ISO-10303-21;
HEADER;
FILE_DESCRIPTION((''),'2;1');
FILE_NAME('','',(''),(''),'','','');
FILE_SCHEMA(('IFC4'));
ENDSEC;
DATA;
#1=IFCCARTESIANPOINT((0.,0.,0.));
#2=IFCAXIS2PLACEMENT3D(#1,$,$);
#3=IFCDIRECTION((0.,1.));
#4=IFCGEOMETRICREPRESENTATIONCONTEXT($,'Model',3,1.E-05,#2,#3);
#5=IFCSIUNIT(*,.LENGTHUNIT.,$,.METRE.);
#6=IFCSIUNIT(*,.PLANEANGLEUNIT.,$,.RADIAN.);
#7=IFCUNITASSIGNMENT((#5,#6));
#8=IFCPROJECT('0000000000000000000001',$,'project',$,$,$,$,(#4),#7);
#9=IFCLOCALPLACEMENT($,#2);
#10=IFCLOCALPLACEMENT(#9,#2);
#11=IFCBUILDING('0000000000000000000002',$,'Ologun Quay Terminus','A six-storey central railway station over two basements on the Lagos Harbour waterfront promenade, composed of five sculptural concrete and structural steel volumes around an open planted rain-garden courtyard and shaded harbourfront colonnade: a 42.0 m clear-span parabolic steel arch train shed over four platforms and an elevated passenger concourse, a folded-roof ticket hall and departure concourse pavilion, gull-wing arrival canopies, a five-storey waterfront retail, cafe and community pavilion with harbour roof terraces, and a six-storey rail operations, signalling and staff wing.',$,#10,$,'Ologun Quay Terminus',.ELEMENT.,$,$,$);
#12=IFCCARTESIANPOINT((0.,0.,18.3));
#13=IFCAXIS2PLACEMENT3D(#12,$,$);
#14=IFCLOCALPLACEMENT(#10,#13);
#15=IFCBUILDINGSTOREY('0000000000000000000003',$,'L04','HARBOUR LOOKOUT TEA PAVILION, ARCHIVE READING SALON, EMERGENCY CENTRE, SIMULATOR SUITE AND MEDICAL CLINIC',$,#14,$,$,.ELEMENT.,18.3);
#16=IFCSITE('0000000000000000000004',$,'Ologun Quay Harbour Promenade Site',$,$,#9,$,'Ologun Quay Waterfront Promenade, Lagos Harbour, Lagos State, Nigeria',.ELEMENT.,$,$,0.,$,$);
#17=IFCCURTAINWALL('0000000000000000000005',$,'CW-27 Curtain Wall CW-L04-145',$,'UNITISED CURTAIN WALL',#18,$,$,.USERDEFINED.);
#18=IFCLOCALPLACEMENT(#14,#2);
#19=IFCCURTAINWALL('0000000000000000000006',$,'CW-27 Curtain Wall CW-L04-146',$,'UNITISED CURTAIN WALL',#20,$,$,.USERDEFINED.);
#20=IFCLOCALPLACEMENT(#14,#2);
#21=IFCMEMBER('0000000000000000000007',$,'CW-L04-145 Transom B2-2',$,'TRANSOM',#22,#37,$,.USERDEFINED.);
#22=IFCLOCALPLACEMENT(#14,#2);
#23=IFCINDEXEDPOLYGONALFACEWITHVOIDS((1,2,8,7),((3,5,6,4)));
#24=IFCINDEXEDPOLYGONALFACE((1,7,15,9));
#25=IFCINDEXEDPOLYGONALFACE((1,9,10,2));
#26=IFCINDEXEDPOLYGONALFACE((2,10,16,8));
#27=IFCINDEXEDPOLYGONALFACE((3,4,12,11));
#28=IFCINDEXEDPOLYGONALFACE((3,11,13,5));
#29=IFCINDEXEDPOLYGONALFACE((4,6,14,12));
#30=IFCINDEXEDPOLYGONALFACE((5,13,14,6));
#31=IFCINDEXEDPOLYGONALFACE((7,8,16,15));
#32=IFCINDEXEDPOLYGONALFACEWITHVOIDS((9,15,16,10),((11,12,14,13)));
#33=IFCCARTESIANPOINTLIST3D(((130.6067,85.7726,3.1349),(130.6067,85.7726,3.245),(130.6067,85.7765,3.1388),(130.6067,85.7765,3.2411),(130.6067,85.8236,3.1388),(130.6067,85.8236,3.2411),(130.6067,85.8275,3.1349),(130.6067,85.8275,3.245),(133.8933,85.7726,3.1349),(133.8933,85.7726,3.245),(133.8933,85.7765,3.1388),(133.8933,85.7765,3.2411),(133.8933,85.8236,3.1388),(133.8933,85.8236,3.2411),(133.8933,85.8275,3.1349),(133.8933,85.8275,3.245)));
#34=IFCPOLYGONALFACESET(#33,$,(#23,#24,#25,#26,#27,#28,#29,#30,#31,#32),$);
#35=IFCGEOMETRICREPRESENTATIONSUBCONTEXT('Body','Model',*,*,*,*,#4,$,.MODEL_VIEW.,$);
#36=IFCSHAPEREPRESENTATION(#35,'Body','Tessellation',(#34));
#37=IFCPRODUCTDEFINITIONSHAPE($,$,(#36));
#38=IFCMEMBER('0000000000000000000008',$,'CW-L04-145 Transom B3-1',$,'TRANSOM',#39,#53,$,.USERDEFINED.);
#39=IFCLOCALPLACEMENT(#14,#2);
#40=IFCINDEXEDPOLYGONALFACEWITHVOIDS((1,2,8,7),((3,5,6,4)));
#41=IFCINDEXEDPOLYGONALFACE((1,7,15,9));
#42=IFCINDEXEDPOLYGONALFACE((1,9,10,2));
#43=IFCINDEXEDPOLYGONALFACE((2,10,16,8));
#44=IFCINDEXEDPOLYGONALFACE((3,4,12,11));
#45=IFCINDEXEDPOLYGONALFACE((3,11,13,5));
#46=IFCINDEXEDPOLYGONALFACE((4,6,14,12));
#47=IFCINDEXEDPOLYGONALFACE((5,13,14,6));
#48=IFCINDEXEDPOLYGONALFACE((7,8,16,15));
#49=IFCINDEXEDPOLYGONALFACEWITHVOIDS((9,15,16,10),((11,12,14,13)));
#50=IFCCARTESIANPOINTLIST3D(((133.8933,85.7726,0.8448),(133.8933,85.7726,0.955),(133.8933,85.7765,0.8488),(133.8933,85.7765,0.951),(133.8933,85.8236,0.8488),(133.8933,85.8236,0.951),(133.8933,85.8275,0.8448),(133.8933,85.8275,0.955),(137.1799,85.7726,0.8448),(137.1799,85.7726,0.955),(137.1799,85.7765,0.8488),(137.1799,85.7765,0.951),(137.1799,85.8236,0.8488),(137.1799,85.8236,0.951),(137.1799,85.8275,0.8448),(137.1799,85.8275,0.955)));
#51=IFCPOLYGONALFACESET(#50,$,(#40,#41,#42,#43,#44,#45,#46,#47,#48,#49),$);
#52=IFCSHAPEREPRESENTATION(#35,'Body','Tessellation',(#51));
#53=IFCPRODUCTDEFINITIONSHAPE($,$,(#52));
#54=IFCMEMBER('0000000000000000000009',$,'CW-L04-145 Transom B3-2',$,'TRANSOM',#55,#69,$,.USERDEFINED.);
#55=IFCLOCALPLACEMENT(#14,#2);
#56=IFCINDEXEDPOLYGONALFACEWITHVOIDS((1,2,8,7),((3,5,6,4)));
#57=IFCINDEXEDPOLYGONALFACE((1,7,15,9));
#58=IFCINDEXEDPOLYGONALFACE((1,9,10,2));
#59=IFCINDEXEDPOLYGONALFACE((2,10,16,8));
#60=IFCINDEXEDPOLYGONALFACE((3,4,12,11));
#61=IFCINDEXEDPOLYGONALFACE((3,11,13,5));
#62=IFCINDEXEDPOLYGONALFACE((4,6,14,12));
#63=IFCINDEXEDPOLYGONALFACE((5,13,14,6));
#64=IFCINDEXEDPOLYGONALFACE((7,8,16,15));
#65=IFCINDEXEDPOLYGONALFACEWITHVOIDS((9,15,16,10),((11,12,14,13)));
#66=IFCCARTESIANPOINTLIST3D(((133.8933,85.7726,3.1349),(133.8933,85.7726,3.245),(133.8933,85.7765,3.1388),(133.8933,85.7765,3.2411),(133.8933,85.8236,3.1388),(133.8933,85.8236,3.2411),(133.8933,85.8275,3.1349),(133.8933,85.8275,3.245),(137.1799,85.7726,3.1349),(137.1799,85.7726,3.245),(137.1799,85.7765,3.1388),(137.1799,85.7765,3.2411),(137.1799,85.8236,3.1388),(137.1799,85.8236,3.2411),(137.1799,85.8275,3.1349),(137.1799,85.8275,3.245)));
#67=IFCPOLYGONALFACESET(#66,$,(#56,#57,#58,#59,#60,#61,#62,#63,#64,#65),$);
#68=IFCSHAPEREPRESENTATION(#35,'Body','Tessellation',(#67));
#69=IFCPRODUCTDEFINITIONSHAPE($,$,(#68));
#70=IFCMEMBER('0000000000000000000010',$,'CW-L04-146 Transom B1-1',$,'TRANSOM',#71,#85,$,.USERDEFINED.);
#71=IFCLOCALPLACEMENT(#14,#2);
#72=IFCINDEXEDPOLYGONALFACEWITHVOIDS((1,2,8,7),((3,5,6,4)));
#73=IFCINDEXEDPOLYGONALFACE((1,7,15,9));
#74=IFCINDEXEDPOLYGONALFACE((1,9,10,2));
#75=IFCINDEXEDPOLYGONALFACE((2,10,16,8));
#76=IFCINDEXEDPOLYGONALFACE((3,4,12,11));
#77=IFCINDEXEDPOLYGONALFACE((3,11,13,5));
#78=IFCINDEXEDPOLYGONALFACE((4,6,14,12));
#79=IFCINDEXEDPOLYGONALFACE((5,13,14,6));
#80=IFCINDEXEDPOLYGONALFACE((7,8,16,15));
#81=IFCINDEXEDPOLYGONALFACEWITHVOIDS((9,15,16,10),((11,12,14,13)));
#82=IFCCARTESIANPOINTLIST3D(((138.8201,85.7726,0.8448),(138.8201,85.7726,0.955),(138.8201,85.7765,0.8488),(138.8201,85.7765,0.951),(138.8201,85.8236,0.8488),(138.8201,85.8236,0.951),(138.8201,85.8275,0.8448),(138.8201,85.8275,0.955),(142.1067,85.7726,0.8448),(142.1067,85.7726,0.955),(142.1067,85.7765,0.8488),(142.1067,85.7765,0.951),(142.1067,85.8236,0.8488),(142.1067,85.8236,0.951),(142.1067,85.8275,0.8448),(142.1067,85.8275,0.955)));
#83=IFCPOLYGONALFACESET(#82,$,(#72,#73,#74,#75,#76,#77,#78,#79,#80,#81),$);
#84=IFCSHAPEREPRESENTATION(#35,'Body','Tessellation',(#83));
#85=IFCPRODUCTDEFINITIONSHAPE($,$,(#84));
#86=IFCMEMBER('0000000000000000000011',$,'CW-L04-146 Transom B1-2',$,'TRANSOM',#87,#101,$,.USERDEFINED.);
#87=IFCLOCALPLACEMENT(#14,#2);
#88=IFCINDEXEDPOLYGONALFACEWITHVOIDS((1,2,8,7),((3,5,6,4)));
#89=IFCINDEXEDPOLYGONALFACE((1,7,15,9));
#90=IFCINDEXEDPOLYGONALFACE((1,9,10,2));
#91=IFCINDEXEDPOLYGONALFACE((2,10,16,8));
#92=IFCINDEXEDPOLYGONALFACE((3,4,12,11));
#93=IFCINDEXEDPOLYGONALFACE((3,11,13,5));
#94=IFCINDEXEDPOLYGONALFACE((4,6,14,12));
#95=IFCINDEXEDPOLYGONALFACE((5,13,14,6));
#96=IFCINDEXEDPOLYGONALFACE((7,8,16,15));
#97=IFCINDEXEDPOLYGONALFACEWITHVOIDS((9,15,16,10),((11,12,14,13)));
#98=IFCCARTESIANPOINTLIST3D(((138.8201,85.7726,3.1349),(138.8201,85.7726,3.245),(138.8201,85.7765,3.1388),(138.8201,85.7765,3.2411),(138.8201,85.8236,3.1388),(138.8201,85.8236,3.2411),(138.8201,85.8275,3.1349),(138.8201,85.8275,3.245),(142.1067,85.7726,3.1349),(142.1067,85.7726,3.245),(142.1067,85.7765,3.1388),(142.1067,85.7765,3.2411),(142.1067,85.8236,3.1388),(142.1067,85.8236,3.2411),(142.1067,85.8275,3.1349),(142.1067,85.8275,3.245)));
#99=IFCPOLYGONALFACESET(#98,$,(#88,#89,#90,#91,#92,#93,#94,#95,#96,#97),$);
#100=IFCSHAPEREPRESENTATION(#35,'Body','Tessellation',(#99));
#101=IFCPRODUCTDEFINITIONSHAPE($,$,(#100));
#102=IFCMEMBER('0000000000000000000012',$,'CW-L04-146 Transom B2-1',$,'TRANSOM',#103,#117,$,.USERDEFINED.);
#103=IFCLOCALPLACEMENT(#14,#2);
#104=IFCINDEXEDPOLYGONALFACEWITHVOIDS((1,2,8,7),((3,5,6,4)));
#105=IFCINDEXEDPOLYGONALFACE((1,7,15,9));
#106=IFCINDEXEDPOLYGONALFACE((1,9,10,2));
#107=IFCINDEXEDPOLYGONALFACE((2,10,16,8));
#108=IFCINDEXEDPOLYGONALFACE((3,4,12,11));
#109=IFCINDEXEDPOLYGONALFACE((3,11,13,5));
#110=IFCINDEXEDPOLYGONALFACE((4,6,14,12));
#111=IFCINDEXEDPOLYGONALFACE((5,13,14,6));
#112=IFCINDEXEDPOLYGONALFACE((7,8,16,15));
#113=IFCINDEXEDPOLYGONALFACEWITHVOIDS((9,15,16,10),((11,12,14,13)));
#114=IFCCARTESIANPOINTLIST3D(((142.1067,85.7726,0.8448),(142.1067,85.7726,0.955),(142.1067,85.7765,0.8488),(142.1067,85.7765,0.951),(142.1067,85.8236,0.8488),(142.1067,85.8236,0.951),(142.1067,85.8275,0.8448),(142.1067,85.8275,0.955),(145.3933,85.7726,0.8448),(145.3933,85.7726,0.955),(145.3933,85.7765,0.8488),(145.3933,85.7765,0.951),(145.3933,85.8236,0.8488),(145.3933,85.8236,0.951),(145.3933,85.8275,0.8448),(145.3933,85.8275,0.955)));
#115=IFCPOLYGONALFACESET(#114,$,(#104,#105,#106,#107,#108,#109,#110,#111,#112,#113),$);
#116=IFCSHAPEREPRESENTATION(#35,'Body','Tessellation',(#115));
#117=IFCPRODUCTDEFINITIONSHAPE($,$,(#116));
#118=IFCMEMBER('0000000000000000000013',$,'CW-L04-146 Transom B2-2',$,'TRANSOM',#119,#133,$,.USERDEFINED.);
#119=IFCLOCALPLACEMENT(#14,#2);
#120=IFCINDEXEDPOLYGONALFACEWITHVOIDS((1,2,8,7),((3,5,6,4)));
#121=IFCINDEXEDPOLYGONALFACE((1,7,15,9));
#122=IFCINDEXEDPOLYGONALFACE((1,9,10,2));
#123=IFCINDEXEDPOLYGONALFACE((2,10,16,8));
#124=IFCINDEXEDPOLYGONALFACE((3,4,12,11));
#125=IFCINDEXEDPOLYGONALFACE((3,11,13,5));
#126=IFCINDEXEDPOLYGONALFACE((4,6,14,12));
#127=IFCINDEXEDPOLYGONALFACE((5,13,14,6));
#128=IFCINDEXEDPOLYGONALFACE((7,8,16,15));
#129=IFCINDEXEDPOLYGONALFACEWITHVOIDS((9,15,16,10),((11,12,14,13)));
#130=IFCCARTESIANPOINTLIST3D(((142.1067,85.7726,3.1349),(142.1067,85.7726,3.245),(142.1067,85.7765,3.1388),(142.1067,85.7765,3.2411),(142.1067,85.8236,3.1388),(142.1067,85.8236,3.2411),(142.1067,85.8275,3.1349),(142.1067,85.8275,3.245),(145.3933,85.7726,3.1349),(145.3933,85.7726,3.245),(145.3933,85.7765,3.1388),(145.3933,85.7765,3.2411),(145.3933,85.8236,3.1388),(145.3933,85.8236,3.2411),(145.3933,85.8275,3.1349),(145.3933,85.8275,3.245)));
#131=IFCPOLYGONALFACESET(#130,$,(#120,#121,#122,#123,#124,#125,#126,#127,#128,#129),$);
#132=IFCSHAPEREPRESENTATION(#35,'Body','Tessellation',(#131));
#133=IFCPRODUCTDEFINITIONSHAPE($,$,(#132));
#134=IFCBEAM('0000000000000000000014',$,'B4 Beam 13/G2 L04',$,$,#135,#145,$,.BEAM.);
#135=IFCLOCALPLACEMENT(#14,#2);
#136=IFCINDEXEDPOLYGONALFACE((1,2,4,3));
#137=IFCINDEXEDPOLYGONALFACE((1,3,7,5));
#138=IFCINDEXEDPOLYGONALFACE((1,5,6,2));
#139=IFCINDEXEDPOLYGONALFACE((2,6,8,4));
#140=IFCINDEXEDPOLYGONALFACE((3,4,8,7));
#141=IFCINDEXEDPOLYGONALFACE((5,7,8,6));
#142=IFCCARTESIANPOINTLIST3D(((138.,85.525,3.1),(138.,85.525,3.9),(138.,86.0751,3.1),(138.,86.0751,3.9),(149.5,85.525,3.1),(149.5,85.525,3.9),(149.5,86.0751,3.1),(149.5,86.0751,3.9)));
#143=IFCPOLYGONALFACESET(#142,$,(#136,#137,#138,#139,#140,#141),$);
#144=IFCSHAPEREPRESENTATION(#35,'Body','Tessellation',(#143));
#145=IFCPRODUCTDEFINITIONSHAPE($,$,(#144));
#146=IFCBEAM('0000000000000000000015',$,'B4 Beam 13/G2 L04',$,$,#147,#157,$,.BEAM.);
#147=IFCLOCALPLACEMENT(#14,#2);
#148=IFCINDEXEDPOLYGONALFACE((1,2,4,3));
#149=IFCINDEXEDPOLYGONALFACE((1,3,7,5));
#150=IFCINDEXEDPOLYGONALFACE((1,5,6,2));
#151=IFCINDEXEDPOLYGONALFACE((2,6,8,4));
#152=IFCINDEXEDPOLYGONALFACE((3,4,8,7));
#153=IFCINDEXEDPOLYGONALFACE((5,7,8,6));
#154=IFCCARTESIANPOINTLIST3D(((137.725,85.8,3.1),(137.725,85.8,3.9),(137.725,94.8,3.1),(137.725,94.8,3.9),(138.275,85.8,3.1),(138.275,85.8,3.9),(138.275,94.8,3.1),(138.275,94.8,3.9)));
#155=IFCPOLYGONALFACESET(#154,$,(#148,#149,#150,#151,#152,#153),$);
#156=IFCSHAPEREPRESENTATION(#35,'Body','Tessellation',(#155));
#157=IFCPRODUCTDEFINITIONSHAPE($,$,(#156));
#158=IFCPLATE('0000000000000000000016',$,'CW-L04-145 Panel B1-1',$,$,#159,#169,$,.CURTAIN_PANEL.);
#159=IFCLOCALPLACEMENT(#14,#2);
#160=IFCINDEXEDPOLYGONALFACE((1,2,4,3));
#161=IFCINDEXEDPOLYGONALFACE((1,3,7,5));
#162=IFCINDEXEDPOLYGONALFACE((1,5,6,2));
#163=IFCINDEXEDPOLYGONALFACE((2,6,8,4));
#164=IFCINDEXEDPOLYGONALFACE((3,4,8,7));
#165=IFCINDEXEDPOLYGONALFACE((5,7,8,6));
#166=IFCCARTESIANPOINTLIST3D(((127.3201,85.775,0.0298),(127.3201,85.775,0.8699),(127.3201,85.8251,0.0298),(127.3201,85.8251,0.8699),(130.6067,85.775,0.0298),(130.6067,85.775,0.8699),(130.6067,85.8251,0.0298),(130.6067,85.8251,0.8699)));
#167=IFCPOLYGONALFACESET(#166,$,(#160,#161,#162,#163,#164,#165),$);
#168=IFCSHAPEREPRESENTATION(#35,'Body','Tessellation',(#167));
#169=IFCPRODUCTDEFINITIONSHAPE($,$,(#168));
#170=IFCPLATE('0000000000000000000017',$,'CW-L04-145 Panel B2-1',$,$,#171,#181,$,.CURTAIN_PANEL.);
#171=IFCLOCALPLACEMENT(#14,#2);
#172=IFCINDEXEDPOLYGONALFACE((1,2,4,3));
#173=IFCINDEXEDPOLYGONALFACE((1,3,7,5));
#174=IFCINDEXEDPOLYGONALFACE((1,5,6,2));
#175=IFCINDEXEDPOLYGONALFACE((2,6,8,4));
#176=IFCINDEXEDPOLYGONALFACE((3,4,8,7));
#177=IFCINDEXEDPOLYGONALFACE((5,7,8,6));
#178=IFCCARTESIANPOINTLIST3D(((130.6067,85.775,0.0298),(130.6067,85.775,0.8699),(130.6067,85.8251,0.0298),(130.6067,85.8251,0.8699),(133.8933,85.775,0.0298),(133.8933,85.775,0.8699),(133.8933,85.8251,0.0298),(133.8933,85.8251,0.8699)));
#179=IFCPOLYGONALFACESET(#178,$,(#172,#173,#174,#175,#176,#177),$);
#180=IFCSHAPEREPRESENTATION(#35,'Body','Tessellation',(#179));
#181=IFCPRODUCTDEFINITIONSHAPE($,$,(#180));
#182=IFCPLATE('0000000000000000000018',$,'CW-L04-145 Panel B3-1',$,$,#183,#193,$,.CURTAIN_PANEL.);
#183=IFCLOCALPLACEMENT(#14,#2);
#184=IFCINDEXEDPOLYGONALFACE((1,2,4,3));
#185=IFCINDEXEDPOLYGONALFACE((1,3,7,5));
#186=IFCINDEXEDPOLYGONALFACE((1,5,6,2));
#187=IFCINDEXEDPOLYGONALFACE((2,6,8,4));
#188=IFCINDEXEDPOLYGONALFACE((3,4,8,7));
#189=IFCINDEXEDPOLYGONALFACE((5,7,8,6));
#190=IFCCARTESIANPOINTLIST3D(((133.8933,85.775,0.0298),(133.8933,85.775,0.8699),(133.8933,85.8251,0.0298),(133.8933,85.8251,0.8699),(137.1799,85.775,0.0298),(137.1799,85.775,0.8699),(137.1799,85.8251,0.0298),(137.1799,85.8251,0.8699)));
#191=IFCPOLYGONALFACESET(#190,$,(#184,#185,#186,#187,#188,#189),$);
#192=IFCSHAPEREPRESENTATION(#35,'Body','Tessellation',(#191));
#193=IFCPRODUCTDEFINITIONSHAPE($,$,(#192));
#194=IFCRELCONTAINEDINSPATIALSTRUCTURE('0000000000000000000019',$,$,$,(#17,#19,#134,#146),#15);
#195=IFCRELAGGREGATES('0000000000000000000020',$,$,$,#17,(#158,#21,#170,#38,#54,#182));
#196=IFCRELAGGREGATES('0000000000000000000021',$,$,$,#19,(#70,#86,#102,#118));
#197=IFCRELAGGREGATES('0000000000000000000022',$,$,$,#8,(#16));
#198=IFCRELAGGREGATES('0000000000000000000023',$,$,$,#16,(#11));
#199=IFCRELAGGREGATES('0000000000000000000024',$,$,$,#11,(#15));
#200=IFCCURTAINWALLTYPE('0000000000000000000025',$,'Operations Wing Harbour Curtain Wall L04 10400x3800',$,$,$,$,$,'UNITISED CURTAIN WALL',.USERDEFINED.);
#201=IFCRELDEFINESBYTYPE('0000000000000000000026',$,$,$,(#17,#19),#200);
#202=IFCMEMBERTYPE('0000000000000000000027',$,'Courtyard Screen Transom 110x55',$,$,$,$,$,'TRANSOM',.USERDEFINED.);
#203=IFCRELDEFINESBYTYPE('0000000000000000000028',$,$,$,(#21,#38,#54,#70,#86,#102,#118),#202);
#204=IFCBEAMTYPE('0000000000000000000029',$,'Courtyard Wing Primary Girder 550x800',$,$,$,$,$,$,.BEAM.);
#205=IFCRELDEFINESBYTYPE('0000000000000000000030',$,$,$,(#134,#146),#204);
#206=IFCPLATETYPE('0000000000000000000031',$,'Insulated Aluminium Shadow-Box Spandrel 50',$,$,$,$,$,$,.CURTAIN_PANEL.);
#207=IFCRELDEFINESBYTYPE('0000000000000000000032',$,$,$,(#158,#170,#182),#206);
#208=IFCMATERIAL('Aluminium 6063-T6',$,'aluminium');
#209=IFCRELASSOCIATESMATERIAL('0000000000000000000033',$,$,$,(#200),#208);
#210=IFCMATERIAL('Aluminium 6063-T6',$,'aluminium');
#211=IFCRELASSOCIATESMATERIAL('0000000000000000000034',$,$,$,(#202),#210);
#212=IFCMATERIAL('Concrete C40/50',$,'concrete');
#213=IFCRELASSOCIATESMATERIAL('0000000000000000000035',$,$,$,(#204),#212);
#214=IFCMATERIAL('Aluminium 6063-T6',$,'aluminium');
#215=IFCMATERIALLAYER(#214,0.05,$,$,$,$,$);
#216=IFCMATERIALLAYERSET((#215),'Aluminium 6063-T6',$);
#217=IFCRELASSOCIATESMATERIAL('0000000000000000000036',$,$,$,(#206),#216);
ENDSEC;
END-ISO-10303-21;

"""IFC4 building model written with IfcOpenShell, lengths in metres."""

from ifc_helpers import new_model, si_unit, direction, frame, origin, origin_2d, place, context, subcontext, project, spatial, rectangle, hollow_rectangle, extrude, material, layer, layer_set, material_profile, profile_set, type_object, element, aggregate, save


model = new_model("IFC4")

# Units and contexts
model_context = context("Model", 3, precision=1e-05, world=origin(), true_north=direction((0.0, 1.0)))
body_context = subcontext(model_context, "Body", "Model", "MODEL_VIEW")
ifc_project = project(units=[si_unit("LENGTHUNIT", "METRE"), si_unit("PLANEANGLEUNIT", "RADIAN")], contexts=[model_context])

# Site, building, storey
site_placement = place(None, origin())
site = spatial("IfcSite", under=ifc_project, at=site_placement, Name="Ologun Quay Harbour Promenade Site", LongName="Ologun Quay Waterfront Promenade, Lagos Harbour, Lagos State, Nigeria", CompositionType="ELEMENT", RefElevation=0.0)
building_placement = place(site_placement, origin())
building = spatial("IfcBuilding", under=site, at=building_placement, Name="Ologun Quay Terminus", Description="A six-storey central railway station over two basements on the Lagos Harbour waterfront promenade, composed of five sculptural concrete and structural steel volumes around an open planted rain-garden courtyard and shaded harbourfront colonnade: a 42.0 m clear-span parabolic steel arch train shed over four platforms and an elevated passenger concourse, a folded-roof ticket hall and departure concourse pavilion, gull-wing arrival canopies, a five-storey waterfront retail, cafe and community pavilion with harbour roof terraces, and a six-storey rail operations, signalling and staff wing.", LongName="Ologun Quay Terminus", CompositionType="ELEMENT")
storey_placement = place(building_placement, frame((0.0, 0.0, 18.3)))
storey = spatial("IfcBuildingStorey", under=building, at=storey_placement, Name="L04", Description="HARBOUR LOOKOUT TEA PAVILION, ARCHIVE READING SALON, EMERGENCY CENTRE, SIMULATOR SUITE AND MEDICAL CLINIC", CompositionType="ELEMENT", Elevation=18.3)

# Curtain walls
ifc_material_1 = material(Name="Aluminium 6063-T6", Category="aluminium")
curtain_wall_type = type_object("IfcCurtainWallType", Name="Operations Wing Harbour Curtain Wall L04 10400x3800", ElementType="UNITISED CURTAIN WALL", PredefinedType="USERDEFINED", material=ifc_material_1)
curtain_wall_1_placement = place(storey_placement, origin())
curtain_wall_1 = element("IfcCurtainWall", 1, at=curtain_wall_1_placement, inside=storey, type_object=curtain_wall_type, Name="CW-27 Curtain Wall CW-L04-145", ObjectType="UNITISED CURTAIN WALL", PredefinedType="USERDEFINED")
curtain_wall_2_placement = place(storey_placement, origin())
curtain_wall_2 = element("IfcCurtainWall", 2, at=curtain_wall_2_placement, inside=storey, type_object=curtain_wall_type, Name="CW-27 Curtain Wall CW-L04-146", ObjectType="UNITISED CURTAIN WALL", PredefinedType="USERDEFINED")

# Members
ifc_material_2 = material(Name="Aluminium 6063-T6", Category="aluminium")
ifc_material_profile_1 = material_profile(ifc_material_2, hollow_rectangle(XDim=0.0549, YDim=0.1101, WallThickness=0.0039, at=origin_2d()), Name="ALU 110x55x4")
ifc_profile_set_1 = profile_set([ifc_material_profile_1], Name="Aluminium 6063-T6")
member_type_1 = type_object("IfcMemberType", Name="Courtyard Screen Transom 110x55", ElementType="TRANSOM", PredefinedType="USERDEFINED", material=ifc_profile_set_1)
member_1_placement = place(storey_placement, frame((130.6067, 85.8, 3.1899), z_axis=(1.0, 0.0, 0.0), x_axis=(0.0, 1.0, 0.0)))
member_1 = element("IfcMember", 3, at=member_1_placement, type_object=member_type_1, Name="CW-L04-145 Transom B2-2", ObjectType="TRANSOM", PredefinedType="USERDEFINED", context=body_context, shape_type="SweptSolid", body=[
    extrude(hollow_rectangle(XDim=0.0549, YDim=0.1101, WallThickness=0.0039, at=origin_2d()), origin(), (0.0, 0.0, 1.0), 3.2866),
])
member_2_placement = place(storey_placement, frame((133.8933, 85.8, 0.8999), z_axis=(1.0, 0.0, 0.0), x_axis=(0.0, 1.0, 0.0)))
member_2 = element("IfcMember", 4, at=member_2_placement, type_object=member_type_1, Name="CW-L04-145 Transom B3-1", ObjectType="TRANSOM", PredefinedType="USERDEFINED", context=body_context, shape_type="SweptSolid", body=[
    extrude(hollow_rectangle(XDim=0.0549, YDim=0.1101, WallThickness=0.0039, at=origin_2d()), origin(), (0.0, 0.0, 1.0), 3.2866),
])
member_3_placement = place(storey_placement, frame((133.8933, 85.8, 3.1899), z_axis=(1.0, 0.0, 0.0), x_axis=(0.0, 1.0, 0.0)))
member_3 = element("IfcMember", 5, at=member_3_placement, type_object=member_type_1, Name="CW-L04-145 Transom B3-2", ObjectType="TRANSOM", PredefinedType="USERDEFINED", context=body_context, shape_type="SweptSolid", body=[
    extrude(hollow_rectangle(XDim=0.0549, YDim=0.1101, WallThickness=0.0039, at=origin_2d()), origin(), (0.0, 0.0, 1.0), 3.2866),
])
member_4_placement = place(storey_placement, frame((138.8201, 85.8, 0.8999), z_axis=(1.0, 0.0, 0.0), x_axis=(0.0, 1.0, 0.0)))
member_4 = element("IfcMember", 6, at=member_4_placement, type_object=member_type_1, Name="CW-L04-146 Transom B1-1", ObjectType="TRANSOM", PredefinedType="USERDEFINED", context=body_context, shape_type="SweptSolid", body=[
    extrude(hollow_rectangle(XDim=0.0549, YDim=0.1101, WallThickness=0.0039, at=origin_2d()), origin(), (0.0, 0.0, 1.0), 3.2866),
])
member_5_placement = place(storey_placement, frame((138.8201, 85.8, 3.1899), z_axis=(1.0, 0.0, 0.0), x_axis=(0.0, 1.0, 0.0)))
member_5 = element("IfcMember", 7, at=member_5_placement, type_object=member_type_1, Name="CW-L04-146 Transom B1-2", ObjectType="TRANSOM", PredefinedType="USERDEFINED", context=body_context, shape_type="SweptSolid", body=[
    extrude(hollow_rectangle(XDim=0.0549, YDim=0.1101, WallThickness=0.0039, at=origin_2d()), origin(), (0.0, 0.0, 1.0), 3.2866),
])
member_6_placement = place(storey_placement, frame((142.1067, 85.8, 0.8999), z_axis=(1.0, 0.0, 0.0), x_axis=(0.0, 1.0, 0.0)))
member_6 = element("IfcMember", 8, at=member_6_placement, type_object=member_type_1, Name="CW-L04-146 Transom B2-1", ObjectType="TRANSOM", PredefinedType="USERDEFINED", context=body_context, shape_type="SweptSolid", body=[
    extrude(hollow_rectangle(XDim=0.0549, YDim=0.1101, WallThickness=0.0039, at=origin_2d()), origin(), (0.0, 0.0, 1.0), 3.2866),
])
member_7_placement = place(storey_placement, frame((142.1067, 85.8, 3.1899), z_axis=(1.0, 0.0, 0.0), x_axis=(0.0, 1.0, 0.0)))
member_7 = element("IfcMember", 9, at=member_7_placement, type_object=member_type_1, Name="CW-L04-146 Transom B2-2", ObjectType="TRANSOM", PredefinedType="USERDEFINED", context=body_context, shape_type="SweptSolid", body=[
    extrude(hollow_rectangle(XDim=0.0549, YDim=0.1101, WallThickness=0.0039, at=origin_2d()), origin(), (0.0, 0.0, 1.0), 3.2866),
])

# Beams
ifc_material_3 = material(Name="Concrete C40/50", Category="concrete")
ifc_material_profile_2 = material_profile(ifc_material_3, rectangle(XDim=0.55, YDim=0.8, at=origin_2d()), Name="RC 550x800")
ifc_profile_set_2 = profile_set([ifc_material_profile_2], Name="Concrete C40/50")
beam_type = type_object("IfcBeamType", Name="Courtyard Wing Primary Girder 550x800", PredefinedType="BEAM", material=ifc_profile_set_2)
beam_1_placement = place(storey_placement, frame((138.0, 85.8, 3.5), z_axis=(1.0, 0.0, 0.0), x_axis=(0.0, 1.0, 0.0)))
element("IfcBeam", 10, at=beam_1_placement, inside=storey, type_object=beam_type, Name="B4 Beam 13/G2 L04", PredefinedType="BEAM", context=body_context, shape_type="SweptSolid", body=[
    extrude(rectangle(XDim=0.55, YDim=0.8, at=origin_2d()), origin(), (0.0, 0.0, 1.0), 11.5),
])
beam_2_placement = place(storey_placement, frame((138.0, 85.8, 3.5), z_axis=(0.0, 1.0, 0.0), x_axis=(-1.0, 0.0, 0.0)))
element("IfcBeam", 11, at=beam_2_placement, inside=storey, type_object=beam_type, Name="B4 Beam 13/G2 L04", PredefinedType="BEAM", context=body_context, shape_type="SweptSolid", body=[
    extrude(rectangle(XDim=0.55, YDim=0.8, at=origin_2d()), origin(), (0.0, 0.0, 1.0), 9.0),
])

# Plates
ifc_material_4 = material(Name="Aluminium 6063-T6", Category="aluminium")
ifc_layer_1 = layer(ifc_material_4, 0.05)
ifc_layer_set_1 = layer_set([ifc_layer_1], Name="Aluminium 6063-T6")
plate_type_1 = type_object("IfcPlateType", Name="Insulated Aluminium Shadow-Box Spandrel 50", PredefinedType="CURTAIN_PANEL", material=ifc_layer_set_1)
plate_1_placement = place(storey_placement, frame((128.9634, 85.8, 0.0298), z_axis=(0.0, 0.0, 1.0), x_axis=(1.0, 0.0, 0.0)))
plate_1 = element("IfcPlate", 12, at=plate_1_placement, type_object=plate_type_1, Name="CW-L04-145 Panel B1-1", PredefinedType="CURTAIN_PANEL", context=body_context, shape_type="SweptSolid", body=[
    extrude(rectangle(XDim=3.2866, YDim=0.05, at=origin_2d()), origin(), (0.0, 0.0, 1.0), 0.8401),
])
plate_2_placement = place(storey_placement, frame((132.25, 85.8, 0.0298), z_axis=(0.0, 0.0, 1.0), x_axis=(1.0, 0.0, 0.0)))
plate_2 = element("IfcPlate", 13, at=plate_2_placement, type_object=plate_type_1, Name="CW-L04-145 Panel B2-1", PredefinedType="CURTAIN_PANEL", context=body_context, shape_type="SweptSolid", body=[
    extrude(rectangle(XDim=3.2866, YDim=0.05, at=origin_2d()), origin(), (0.0, 0.0, 1.0), 0.8401),
])
plate_3_placement = place(storey_placement, frame((135.5366, 85.8, 0.0298), z_axis=(0.0, 0.0, 1.0), x_axis=(1.0, 0.0, 0.0)))
plate_3 = element("IfcPlate", 14, at=plate_3_placement, type_object=plate_type_1, Name="CW-L04-145 Panel B3-1", PredefinedType="CURTAIN_PANEL", context=body_context, shape_type="SweptSolid", body=[
    extrude(rectangle(XDim=3.2866, YDim=0.05, at=origin_2d()), origin(), (0.0, 0.0, 1.0), 0.8401),
])
aggregate(curtain_wall_1, [plate_1, member_1, plate_2, member_2, member_3, plate_3])
aggregate(curtain_wall_2, [member_4, member_5, member_6, member_7])

save(model, "model.ifc")
